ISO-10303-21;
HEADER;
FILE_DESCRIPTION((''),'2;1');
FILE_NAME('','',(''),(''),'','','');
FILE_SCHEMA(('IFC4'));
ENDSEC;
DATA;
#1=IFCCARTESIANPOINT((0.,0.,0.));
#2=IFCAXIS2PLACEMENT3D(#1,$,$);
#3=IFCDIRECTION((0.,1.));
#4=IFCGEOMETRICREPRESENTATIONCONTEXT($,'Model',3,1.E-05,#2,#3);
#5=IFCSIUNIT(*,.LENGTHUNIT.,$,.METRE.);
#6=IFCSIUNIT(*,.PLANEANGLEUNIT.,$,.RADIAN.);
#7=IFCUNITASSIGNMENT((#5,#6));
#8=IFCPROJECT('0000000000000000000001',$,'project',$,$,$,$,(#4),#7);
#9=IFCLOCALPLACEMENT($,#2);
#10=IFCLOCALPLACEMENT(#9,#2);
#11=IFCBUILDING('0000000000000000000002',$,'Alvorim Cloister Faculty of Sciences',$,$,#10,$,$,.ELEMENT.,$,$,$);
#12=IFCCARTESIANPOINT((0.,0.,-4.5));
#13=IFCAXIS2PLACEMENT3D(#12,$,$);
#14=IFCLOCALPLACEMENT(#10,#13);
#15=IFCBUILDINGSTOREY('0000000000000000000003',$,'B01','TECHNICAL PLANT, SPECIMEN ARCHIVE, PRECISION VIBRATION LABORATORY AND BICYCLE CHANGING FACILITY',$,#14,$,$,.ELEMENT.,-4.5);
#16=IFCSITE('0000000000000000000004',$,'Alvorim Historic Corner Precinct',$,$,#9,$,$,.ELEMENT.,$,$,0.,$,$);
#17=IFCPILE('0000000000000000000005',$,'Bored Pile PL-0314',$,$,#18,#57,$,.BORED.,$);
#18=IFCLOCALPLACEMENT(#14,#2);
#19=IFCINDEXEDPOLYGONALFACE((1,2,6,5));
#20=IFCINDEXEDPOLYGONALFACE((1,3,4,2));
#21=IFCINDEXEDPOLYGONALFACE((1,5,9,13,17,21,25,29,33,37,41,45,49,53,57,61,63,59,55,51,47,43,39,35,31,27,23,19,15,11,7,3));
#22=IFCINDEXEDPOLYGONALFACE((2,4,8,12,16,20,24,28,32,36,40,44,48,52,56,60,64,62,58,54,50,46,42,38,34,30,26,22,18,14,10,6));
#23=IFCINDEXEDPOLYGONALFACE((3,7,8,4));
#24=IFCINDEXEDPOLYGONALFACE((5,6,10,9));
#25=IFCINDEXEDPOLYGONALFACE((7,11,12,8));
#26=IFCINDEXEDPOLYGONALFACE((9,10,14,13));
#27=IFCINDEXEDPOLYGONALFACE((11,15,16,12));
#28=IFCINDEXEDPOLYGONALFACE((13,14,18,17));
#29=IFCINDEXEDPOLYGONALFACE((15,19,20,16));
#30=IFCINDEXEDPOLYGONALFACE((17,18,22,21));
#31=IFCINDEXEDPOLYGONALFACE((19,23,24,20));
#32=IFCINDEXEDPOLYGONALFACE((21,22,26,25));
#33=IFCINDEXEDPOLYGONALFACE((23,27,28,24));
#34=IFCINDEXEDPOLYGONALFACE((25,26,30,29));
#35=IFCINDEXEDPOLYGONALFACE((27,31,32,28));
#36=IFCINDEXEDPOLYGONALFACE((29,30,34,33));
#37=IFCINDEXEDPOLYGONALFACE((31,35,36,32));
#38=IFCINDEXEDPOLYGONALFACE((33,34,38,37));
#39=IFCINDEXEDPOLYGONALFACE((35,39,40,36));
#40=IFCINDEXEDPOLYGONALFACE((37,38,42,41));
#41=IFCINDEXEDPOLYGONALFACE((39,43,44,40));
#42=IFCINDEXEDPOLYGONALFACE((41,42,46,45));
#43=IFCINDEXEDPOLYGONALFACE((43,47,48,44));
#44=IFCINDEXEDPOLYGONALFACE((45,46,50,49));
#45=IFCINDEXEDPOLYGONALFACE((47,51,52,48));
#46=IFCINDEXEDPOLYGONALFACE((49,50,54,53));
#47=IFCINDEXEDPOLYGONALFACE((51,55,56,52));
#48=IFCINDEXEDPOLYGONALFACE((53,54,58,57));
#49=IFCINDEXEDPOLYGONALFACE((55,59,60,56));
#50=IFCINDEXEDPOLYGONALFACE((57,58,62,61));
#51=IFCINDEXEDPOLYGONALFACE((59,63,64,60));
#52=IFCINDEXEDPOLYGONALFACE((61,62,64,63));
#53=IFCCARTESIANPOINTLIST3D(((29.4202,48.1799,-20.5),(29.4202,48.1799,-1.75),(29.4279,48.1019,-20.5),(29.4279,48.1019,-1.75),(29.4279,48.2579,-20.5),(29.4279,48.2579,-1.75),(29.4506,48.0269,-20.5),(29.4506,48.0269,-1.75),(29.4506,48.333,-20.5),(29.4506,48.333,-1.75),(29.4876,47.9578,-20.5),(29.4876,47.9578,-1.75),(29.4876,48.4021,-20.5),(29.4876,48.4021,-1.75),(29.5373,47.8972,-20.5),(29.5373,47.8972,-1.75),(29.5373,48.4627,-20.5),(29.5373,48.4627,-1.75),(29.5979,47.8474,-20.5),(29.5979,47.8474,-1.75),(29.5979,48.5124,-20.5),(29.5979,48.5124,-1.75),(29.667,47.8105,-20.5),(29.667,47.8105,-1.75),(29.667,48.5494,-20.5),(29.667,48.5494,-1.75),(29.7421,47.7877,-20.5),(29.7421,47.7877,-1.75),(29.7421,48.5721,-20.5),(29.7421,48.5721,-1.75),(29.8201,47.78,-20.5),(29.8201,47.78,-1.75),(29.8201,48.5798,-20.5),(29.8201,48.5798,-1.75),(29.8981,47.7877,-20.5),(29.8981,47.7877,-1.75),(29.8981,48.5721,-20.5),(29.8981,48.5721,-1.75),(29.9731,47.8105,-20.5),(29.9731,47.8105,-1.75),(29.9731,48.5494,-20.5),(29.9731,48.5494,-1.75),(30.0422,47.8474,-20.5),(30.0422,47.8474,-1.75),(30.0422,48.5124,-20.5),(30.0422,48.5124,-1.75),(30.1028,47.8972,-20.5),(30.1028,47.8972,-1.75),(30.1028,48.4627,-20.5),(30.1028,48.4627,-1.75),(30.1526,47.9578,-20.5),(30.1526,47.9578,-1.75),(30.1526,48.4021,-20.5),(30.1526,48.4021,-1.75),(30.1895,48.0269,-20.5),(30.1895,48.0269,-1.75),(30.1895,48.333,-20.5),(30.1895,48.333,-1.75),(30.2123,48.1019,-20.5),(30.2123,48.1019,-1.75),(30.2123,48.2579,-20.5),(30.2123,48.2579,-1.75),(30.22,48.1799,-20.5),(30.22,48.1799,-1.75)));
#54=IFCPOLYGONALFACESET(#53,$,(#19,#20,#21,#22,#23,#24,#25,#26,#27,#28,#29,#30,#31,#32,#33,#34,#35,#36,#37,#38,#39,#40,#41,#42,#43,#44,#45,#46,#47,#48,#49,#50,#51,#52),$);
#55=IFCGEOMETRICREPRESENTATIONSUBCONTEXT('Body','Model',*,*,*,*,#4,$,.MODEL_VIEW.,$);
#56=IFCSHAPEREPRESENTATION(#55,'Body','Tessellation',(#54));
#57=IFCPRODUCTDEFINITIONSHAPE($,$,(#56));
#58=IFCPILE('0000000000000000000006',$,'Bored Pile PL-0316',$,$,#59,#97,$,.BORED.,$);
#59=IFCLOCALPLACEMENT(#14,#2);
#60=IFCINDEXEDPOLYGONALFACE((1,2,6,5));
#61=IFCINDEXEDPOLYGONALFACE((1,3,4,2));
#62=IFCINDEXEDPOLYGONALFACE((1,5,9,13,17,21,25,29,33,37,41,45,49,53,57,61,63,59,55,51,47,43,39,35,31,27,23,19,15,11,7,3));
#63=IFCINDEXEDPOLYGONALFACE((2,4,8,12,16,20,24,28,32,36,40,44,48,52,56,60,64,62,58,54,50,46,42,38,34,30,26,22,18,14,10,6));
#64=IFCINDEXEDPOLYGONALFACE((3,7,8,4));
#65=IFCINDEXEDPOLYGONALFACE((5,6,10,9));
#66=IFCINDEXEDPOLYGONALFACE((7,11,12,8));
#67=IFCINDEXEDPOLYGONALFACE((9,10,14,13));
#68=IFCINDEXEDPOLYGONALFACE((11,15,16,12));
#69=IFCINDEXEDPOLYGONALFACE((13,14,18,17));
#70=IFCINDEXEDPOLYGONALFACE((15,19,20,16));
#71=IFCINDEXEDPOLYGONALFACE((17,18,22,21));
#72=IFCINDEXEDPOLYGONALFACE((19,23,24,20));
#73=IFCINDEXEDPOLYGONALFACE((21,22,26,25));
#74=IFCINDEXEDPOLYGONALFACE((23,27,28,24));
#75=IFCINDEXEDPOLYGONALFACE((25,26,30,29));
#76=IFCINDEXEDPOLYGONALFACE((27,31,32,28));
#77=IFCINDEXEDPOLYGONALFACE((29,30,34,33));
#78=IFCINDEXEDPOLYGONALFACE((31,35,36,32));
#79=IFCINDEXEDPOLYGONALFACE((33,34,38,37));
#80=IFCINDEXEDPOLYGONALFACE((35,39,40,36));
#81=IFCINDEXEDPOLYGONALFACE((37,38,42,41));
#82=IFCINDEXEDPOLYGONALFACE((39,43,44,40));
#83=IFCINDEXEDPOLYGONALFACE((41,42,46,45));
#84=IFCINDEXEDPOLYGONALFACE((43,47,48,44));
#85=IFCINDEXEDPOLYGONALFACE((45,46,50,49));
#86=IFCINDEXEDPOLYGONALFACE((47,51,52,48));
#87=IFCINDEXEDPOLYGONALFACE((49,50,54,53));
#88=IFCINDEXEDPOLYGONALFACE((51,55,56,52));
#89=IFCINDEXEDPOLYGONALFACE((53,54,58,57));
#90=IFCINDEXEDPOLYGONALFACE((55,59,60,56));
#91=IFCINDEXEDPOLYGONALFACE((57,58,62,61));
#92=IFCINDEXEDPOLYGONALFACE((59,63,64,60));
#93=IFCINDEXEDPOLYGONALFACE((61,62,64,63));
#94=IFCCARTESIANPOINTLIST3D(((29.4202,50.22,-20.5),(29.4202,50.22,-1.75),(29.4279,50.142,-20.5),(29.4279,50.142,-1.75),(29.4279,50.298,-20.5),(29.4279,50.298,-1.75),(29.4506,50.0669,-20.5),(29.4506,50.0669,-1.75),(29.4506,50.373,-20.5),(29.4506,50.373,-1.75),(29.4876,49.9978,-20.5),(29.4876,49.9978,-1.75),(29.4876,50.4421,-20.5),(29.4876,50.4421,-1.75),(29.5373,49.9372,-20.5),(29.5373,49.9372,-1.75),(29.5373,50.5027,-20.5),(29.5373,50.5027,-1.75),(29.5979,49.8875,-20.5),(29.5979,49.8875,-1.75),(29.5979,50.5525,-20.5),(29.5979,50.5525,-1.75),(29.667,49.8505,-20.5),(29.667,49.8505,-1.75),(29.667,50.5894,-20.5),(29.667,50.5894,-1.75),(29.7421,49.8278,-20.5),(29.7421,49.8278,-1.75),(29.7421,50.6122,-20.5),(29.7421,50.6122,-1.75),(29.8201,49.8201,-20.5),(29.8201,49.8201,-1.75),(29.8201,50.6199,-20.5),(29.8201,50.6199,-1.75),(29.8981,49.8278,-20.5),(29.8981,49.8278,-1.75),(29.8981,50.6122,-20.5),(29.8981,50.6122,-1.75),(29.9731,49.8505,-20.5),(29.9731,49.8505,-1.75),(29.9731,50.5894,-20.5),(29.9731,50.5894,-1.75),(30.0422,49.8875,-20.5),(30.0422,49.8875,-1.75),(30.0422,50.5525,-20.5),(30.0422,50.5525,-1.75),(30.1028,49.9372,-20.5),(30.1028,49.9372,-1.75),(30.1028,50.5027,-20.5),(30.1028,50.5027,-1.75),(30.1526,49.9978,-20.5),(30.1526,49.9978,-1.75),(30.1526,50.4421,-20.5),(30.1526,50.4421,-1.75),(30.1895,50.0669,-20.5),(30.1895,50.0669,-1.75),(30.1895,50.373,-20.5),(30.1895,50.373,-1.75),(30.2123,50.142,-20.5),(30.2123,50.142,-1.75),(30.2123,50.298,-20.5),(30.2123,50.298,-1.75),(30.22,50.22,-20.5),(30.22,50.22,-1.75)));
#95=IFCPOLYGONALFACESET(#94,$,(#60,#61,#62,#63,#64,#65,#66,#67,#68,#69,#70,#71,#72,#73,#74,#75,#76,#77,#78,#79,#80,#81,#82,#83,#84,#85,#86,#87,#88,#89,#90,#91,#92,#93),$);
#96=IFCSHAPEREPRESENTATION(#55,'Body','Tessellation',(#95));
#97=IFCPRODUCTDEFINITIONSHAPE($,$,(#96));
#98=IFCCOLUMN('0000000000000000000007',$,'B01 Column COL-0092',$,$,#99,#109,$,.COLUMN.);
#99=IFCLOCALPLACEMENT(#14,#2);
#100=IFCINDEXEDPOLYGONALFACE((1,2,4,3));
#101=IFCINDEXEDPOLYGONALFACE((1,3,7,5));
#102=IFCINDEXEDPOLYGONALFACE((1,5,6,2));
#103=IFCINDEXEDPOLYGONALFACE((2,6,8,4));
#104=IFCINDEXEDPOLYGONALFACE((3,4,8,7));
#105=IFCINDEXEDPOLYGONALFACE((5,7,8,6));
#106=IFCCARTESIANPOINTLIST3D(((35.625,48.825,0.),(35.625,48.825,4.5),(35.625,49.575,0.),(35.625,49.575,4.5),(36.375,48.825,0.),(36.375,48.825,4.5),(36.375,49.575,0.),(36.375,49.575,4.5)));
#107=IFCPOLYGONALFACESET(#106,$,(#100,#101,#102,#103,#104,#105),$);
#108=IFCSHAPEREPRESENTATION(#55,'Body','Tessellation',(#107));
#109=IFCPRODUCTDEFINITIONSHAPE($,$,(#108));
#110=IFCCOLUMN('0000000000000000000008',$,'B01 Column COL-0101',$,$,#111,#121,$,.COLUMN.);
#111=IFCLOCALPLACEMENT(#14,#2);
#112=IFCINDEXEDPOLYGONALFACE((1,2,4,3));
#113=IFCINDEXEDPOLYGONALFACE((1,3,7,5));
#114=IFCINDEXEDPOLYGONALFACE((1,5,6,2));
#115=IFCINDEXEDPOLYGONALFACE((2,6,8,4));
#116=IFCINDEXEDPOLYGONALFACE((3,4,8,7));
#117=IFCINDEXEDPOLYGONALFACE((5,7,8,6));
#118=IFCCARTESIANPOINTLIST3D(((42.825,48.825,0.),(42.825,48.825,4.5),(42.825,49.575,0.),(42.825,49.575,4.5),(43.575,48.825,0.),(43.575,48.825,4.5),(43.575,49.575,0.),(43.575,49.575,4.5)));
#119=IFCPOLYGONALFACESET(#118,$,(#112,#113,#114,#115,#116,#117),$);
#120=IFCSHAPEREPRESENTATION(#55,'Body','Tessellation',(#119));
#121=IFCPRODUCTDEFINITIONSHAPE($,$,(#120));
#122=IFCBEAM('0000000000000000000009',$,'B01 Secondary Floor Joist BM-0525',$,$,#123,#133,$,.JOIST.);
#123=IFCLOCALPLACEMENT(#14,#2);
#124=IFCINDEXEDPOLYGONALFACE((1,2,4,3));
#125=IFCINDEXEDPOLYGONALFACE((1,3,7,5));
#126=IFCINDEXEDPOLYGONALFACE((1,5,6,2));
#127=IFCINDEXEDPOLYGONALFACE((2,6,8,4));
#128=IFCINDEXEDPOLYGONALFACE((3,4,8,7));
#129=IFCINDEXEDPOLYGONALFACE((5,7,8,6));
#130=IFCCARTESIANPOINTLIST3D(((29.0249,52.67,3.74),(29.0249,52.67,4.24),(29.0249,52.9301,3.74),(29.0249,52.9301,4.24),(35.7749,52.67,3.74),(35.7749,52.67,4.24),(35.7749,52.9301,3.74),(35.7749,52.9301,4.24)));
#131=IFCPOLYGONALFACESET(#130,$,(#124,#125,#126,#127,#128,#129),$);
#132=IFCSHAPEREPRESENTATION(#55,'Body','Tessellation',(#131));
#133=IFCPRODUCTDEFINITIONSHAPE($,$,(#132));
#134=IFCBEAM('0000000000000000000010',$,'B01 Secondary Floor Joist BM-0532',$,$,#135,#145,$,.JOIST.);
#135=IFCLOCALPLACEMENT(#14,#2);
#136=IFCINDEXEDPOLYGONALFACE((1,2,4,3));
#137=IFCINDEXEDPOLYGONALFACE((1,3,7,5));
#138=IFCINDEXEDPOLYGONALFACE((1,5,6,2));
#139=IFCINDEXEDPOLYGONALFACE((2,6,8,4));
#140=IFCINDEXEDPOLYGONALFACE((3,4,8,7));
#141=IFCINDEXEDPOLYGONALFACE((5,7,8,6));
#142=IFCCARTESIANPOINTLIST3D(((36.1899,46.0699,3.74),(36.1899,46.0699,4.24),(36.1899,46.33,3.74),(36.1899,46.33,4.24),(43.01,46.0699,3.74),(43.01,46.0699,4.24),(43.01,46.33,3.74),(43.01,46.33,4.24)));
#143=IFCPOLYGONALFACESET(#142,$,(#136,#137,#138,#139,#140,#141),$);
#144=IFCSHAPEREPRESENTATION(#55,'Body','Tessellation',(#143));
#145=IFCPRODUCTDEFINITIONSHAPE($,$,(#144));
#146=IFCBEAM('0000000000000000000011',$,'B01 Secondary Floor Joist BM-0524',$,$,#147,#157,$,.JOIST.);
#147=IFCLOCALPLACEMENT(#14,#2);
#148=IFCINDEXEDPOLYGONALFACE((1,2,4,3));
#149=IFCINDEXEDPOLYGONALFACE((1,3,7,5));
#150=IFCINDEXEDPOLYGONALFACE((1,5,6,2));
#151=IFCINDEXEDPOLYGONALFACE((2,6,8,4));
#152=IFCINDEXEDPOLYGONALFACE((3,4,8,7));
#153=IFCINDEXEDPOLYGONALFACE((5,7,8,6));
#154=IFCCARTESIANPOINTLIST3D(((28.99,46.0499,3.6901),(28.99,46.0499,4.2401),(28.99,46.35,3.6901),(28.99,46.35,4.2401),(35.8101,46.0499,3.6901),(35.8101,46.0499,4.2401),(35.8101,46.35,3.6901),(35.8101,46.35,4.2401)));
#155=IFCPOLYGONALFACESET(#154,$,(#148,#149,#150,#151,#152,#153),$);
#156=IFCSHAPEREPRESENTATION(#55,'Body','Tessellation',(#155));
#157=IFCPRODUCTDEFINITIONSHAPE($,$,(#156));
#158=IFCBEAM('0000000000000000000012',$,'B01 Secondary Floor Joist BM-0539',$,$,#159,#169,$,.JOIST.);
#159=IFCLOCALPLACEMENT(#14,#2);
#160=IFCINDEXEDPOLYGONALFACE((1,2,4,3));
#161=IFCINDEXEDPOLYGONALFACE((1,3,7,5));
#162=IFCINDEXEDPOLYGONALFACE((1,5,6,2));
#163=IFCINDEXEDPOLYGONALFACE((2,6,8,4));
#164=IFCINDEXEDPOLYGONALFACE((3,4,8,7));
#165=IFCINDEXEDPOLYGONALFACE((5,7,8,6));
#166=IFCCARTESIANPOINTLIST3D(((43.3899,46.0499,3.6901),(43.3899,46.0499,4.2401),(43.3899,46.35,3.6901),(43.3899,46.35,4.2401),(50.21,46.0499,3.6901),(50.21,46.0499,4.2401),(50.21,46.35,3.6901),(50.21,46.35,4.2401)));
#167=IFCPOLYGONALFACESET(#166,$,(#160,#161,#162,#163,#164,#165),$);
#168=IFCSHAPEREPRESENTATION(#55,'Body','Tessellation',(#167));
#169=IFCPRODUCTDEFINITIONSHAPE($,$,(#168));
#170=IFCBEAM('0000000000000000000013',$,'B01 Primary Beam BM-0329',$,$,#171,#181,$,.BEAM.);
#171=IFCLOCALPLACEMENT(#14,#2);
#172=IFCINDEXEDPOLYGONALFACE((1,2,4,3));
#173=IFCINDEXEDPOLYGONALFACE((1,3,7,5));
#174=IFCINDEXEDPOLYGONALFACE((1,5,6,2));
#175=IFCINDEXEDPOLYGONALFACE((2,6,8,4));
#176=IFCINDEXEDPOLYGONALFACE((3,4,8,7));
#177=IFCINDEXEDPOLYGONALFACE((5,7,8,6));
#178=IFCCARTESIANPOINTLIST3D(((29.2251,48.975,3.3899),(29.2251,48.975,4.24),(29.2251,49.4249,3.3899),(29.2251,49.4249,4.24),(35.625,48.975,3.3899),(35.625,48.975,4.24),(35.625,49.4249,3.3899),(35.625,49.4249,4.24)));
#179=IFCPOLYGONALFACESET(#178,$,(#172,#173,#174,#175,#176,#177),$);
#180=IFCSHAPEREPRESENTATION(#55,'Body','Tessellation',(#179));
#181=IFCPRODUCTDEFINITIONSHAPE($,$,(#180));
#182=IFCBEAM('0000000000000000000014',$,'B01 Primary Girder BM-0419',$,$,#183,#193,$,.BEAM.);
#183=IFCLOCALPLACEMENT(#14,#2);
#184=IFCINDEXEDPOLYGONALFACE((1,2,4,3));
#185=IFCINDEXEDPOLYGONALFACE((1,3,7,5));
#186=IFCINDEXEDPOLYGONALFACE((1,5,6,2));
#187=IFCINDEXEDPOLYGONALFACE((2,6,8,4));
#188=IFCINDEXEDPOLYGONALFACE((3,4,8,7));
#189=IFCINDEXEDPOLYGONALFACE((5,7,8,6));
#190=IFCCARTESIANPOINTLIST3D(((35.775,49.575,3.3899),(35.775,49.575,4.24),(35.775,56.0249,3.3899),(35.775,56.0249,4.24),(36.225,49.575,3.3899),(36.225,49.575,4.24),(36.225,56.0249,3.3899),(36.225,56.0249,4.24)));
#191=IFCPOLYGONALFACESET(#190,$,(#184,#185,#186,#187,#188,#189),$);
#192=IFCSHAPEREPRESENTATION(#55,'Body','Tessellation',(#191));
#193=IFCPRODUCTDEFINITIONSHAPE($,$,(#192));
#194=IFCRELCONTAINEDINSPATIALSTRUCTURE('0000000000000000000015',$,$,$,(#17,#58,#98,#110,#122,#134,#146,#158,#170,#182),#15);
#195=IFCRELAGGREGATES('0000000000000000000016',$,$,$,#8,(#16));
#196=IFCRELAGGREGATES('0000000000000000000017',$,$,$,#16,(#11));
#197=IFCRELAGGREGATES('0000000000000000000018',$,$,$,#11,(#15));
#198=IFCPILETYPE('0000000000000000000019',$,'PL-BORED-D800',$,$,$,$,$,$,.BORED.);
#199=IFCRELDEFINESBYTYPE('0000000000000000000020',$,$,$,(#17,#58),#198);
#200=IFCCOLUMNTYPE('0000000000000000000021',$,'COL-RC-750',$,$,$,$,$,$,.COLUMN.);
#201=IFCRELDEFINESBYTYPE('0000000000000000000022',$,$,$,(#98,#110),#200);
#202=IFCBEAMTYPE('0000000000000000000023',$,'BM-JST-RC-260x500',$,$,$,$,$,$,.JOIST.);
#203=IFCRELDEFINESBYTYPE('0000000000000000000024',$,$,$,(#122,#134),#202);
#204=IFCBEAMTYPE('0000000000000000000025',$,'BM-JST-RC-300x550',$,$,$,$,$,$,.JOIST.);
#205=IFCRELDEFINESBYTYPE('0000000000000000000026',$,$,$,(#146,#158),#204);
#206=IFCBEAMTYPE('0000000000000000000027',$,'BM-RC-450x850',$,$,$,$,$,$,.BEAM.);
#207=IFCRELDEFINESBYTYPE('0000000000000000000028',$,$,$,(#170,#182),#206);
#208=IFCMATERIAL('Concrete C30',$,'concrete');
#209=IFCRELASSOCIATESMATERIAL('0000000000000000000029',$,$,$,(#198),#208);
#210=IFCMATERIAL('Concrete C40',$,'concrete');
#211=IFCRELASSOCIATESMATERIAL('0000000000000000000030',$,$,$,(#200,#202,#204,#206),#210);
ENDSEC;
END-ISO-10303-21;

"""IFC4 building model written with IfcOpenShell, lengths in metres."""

from ifc_helpers import new_model, si_unit, direction, frame, origin, origin_2d, place, context, subcontext, project, spatial, rectangle, circle, extrude, material, material_profile, profile_set, type_object, element, save


model = new_model("IFC4")

# Units and contexts
model_context = context("Model", 3, precision=1e-05, world=origin(), true_north=direction((0.0, 1.0)))
body_context = subcontext(model_context, "Body", "Model", "MODEL_VIEW")
ifc_project = project(units=[si_unit("LENGTHUNIT", "METRE"), si_unit("PLANEANGLEUNIT", "RADIAN")], contexts=[model_context])

# Site, building, storey
site_placement = place(None, origin())
site = spatial("IfcSite", under=ifc_project, at=site_placement, Name="Alvorim Historic Corner Precinct", CompositionType="ELEMENT", RefElevation=0.0)
building_placement = place(site_placement, origin())
building = spatial("IfcBuilding", under=site, at=building_placement, Name="Alvorim Cloister Faculty of Sciences", CompositionType="ELEMENT")
storey_placement = place(building_placement, frame((0.0, 0.0, -4.5)))
storey = spatial("IfcBuildingStorey", under=building, at=storey_placement, Name="B01", Description="TECHNICAL PLANT, SPECIMEN ARCHIVE, PRECISION VIBRATION LABORATORY AND BICYCLE CHANGING FACILITY", CompositionType="ELEMENT", Elevation=-4.5)

# Shared definitions
ifc_material_1 = material(Name="Concrete C40", Category="concrete")

# Piles
ifc_material_2 = material(Name="Concrete C30", Category="concrete")
ifc_material_profile_1 = material_profile(ifc_material_2, circle(Radius=0.3999, at=origin_2d()), Name="PILE-D800")
ifc_profile_set_1 = profile_set([ifc_material_profile_1], Name="Concrete C30")
pile_type_1 = type_object("IfcPileType", Name="PL-BORED-D800", PredefinedType="BORED", material=ifc_profile_set_1)
for number, where, z_axis, x_axis, name in (
    (1, (29.8201, 48.1799, -1.75), (0.0, 0.0, -1.0), (1.0, 0.0, 0.0), "Bored Pile PL-0314"),
    (2, (29.8201, 50.22, -1.75), (0.0, 0.0, -1.0), (1.0, 0.0, 0.0), "Bored Pile PL-0316"),
):
    element("IfcPile", number, at=place(storey_placement, frame(where, z_axis=z_axis, x_axis=x_axis)), inside=storey, type_object=pile_type_1, Name=name, PredefinedType="BORED", context=body_context, shape_type="SweptSolid", body=[
        extrude(circle(Radius=0.3999, at=origin_2d()), origin(), (0.0, 0.0, 1.0), 18.75),
    ])

# Columns
ifc_material_profile_2 = material_profile(ifc_material_1, rectangle(XDim=0.75, YDim=0.75, at=origin_2d()), Name="RC40-COL-750x750")
ifc_profile_set_2 = profile_set([ifc_material_profile_2], Name="Concrete C40")
column_type = type_object("IfcColumnType", Name="COL-RC-750", PredefinedType="COLUMN", material=ifc_profile_set_2)
for number, where, z_axis, x_axis, name in (
    (3, (36.0, 49.2, 0.0), (0.0, 0.0, 1.0), (1.0, 0.0, 0.0), "B01 Column COL-0092"),
    (4, (43.2, 49.2, 0.0), (0.0, 0.0, 1.0), (1.0, 0.0, 0.0), "B01 Column COL-0101"),
):
    element("IfcColumn", number, at=place(storey_placement, frame(where, z_axis=z_axis, x_axis=x_axis)), inside=storey, type_object=column_type, Name=name, PredefinedType="COLUMN", context=body_context, shape_type="SweptSolid", body=[
        extrude(rectangle(XDim=0.75, YDim=0.75, at=origin_2d()), origin(), (0.0, 0.0, 1.0), 4.5),
    ])

# Beams
ifc_material_profile_3 = material_profile(ifc_material_1, rectangle(XDim=0.26, YDim=0.5, at=origin_2d()), Name="RC40-JST-260x500")
ifc_profile_set_3 = profile_set([ifc_material_profile_3], Name="Concrete C40")
beam_type_1 = type_object("IfcBeamType", Name="BM-JST-RC-260x500", PredefinedType="JOIST", material=ifc_profile_set_3)
beam_1_placement = place(storey_placement, frame((29.0249, 52.8, 3.99), z_axis=(1.0, 0.0, 0.0), x_axis=(0.0, 1.0, 0.0)))
element("IfcBeam", 5, at=beam_1_placement, inside=storey, type_object=beam_type_1, Name="B01 Secondary Floor Joist BM-0525", PredefinedType="JOIST", context=body_context, shape_type="SweptSolid", body=[
    extrude(rectangle(XDim=0.26, YDim=0.5, at=origin_2d()), origin(), (0.0, 0.0, 1.0), 6.75),
])
beam_2_placement = place(storey_placement, frame((36.1899, 46.2, 3.99), z_axis=(1.0, 0.0, 0.0), x_axis=(0.0, 1.0, 0.0)))
element("IfcBeam", 6, at=beam_2_placement, inside=storey, type_object=beam_type_1, Name="B01 Secondary Floor Joist BM-0532", PredefinedType="JOIST", context=body_context, shape_type="SweptSolid", body=[
    extrude(rectangle(XDim=0.26, YDim=0.5, at=origin_2d()), origin(), (0.0, 0.0, 1.0), 6.8201),
])
ifc_material_profile_4 = material_profile(ifc_material_1, rectangle(XDim=0.3, YDim=0.55, at=origin_2d()), Name="RC40-JST-300x550")
ifc_profile_set_4 = profile_set([ifc_material_profile_4], Name="Concrete C40")
beam_type_2 = type_object("IfcBeamType", Name="BM-JST-RC-300x550", PredefinedType="JOIST", material=ifc_profile_set_4)
for number, where, z_axis, x_axis, name in (
    (7, (28.99, 46.2, 3.9651), (1.0, 0.0, 0.0), (0.0, 1.0, 0.0), "B01 Secondary Floor Joist BM-0524"),
    (8, (43.3899, 46.2, 3.9651), (1.0, 0.0, 0.0), (0.0, 1.0, 0.0), "B01 Secondary Floor Joist BM-0539"),
):
    element("IfcBeam", number, at=place(storey_placement, frame(where, z_axis=z_axis, x_axis=x_axis)), inside=storey, type_object=beam_type_2, Name=name, PredefinedType="JOIST", context=body_context, shape_type="SweptSolid", body=[
        extrude(rectangle(XDim=0.3, YDim=0.55, at=origin_2d()), origin(), (0.0, 0.0, 1.0), 6.8201),
    ])
ifc_material_profile_5 = material_profile(ifc_material_1, rectangle(XDim=0.45, YDim=0.8501, at=origin_2d()), Name="RC40-BM-450x850")
ifc_profile_set_5 = profile_set([ifc_material_profile_5], Name="Concrete C40")
beam_type_3 = type_object("IfcBeamType", Name="BM-RC-450x850", PredefinedType="BEAM", material=ifc_profile_set_5)
beam_3_placement = place(storey_placement, frame((29.2251, 49.2, 3.8149), z_axis=(1.0, 0.0, 0.0), x_axis=(0.0, 1.0, 0.0)))
element("IfcBeam", 9, at=beam_3_placement, inside=storey, type_object=beam_type_3, Name="B01 Primary Beam BM-0329", PredefinedType="BEAM", context=body_context, shape_type="SweptSolid", body=[
    extrude(rectangle(XDim=0.45, YDim=0.8501, at=origin_2d()), origin(), (0.0, 0.0, 1.0), 6.3999),
])
for number, where, z_axis, x_axis, name in (
    (10, (36.0, 49.575, 3.8149), (0.0, 1.0, 0.0), (-1.0, 0.0, 0.0), "B01 Primary Girder BM-0419"),
):
    element("IfcBeam", number, at=place(storey_placement, frame(where, z_axis=z_axis, x_axis=x_axis)), inside=storey, type_object=beam_type_3, Name=name, PredefinedType="BEAM", context=body_context, shape_type="SweptSolid", body=[
        extrude(rectangle(XDim=0.45, YDim=0.8501, at=origin_2d()), origin(), (0.0, 0.0, 1.0), 6.45),
    ])

save(model, "model.ifc")
